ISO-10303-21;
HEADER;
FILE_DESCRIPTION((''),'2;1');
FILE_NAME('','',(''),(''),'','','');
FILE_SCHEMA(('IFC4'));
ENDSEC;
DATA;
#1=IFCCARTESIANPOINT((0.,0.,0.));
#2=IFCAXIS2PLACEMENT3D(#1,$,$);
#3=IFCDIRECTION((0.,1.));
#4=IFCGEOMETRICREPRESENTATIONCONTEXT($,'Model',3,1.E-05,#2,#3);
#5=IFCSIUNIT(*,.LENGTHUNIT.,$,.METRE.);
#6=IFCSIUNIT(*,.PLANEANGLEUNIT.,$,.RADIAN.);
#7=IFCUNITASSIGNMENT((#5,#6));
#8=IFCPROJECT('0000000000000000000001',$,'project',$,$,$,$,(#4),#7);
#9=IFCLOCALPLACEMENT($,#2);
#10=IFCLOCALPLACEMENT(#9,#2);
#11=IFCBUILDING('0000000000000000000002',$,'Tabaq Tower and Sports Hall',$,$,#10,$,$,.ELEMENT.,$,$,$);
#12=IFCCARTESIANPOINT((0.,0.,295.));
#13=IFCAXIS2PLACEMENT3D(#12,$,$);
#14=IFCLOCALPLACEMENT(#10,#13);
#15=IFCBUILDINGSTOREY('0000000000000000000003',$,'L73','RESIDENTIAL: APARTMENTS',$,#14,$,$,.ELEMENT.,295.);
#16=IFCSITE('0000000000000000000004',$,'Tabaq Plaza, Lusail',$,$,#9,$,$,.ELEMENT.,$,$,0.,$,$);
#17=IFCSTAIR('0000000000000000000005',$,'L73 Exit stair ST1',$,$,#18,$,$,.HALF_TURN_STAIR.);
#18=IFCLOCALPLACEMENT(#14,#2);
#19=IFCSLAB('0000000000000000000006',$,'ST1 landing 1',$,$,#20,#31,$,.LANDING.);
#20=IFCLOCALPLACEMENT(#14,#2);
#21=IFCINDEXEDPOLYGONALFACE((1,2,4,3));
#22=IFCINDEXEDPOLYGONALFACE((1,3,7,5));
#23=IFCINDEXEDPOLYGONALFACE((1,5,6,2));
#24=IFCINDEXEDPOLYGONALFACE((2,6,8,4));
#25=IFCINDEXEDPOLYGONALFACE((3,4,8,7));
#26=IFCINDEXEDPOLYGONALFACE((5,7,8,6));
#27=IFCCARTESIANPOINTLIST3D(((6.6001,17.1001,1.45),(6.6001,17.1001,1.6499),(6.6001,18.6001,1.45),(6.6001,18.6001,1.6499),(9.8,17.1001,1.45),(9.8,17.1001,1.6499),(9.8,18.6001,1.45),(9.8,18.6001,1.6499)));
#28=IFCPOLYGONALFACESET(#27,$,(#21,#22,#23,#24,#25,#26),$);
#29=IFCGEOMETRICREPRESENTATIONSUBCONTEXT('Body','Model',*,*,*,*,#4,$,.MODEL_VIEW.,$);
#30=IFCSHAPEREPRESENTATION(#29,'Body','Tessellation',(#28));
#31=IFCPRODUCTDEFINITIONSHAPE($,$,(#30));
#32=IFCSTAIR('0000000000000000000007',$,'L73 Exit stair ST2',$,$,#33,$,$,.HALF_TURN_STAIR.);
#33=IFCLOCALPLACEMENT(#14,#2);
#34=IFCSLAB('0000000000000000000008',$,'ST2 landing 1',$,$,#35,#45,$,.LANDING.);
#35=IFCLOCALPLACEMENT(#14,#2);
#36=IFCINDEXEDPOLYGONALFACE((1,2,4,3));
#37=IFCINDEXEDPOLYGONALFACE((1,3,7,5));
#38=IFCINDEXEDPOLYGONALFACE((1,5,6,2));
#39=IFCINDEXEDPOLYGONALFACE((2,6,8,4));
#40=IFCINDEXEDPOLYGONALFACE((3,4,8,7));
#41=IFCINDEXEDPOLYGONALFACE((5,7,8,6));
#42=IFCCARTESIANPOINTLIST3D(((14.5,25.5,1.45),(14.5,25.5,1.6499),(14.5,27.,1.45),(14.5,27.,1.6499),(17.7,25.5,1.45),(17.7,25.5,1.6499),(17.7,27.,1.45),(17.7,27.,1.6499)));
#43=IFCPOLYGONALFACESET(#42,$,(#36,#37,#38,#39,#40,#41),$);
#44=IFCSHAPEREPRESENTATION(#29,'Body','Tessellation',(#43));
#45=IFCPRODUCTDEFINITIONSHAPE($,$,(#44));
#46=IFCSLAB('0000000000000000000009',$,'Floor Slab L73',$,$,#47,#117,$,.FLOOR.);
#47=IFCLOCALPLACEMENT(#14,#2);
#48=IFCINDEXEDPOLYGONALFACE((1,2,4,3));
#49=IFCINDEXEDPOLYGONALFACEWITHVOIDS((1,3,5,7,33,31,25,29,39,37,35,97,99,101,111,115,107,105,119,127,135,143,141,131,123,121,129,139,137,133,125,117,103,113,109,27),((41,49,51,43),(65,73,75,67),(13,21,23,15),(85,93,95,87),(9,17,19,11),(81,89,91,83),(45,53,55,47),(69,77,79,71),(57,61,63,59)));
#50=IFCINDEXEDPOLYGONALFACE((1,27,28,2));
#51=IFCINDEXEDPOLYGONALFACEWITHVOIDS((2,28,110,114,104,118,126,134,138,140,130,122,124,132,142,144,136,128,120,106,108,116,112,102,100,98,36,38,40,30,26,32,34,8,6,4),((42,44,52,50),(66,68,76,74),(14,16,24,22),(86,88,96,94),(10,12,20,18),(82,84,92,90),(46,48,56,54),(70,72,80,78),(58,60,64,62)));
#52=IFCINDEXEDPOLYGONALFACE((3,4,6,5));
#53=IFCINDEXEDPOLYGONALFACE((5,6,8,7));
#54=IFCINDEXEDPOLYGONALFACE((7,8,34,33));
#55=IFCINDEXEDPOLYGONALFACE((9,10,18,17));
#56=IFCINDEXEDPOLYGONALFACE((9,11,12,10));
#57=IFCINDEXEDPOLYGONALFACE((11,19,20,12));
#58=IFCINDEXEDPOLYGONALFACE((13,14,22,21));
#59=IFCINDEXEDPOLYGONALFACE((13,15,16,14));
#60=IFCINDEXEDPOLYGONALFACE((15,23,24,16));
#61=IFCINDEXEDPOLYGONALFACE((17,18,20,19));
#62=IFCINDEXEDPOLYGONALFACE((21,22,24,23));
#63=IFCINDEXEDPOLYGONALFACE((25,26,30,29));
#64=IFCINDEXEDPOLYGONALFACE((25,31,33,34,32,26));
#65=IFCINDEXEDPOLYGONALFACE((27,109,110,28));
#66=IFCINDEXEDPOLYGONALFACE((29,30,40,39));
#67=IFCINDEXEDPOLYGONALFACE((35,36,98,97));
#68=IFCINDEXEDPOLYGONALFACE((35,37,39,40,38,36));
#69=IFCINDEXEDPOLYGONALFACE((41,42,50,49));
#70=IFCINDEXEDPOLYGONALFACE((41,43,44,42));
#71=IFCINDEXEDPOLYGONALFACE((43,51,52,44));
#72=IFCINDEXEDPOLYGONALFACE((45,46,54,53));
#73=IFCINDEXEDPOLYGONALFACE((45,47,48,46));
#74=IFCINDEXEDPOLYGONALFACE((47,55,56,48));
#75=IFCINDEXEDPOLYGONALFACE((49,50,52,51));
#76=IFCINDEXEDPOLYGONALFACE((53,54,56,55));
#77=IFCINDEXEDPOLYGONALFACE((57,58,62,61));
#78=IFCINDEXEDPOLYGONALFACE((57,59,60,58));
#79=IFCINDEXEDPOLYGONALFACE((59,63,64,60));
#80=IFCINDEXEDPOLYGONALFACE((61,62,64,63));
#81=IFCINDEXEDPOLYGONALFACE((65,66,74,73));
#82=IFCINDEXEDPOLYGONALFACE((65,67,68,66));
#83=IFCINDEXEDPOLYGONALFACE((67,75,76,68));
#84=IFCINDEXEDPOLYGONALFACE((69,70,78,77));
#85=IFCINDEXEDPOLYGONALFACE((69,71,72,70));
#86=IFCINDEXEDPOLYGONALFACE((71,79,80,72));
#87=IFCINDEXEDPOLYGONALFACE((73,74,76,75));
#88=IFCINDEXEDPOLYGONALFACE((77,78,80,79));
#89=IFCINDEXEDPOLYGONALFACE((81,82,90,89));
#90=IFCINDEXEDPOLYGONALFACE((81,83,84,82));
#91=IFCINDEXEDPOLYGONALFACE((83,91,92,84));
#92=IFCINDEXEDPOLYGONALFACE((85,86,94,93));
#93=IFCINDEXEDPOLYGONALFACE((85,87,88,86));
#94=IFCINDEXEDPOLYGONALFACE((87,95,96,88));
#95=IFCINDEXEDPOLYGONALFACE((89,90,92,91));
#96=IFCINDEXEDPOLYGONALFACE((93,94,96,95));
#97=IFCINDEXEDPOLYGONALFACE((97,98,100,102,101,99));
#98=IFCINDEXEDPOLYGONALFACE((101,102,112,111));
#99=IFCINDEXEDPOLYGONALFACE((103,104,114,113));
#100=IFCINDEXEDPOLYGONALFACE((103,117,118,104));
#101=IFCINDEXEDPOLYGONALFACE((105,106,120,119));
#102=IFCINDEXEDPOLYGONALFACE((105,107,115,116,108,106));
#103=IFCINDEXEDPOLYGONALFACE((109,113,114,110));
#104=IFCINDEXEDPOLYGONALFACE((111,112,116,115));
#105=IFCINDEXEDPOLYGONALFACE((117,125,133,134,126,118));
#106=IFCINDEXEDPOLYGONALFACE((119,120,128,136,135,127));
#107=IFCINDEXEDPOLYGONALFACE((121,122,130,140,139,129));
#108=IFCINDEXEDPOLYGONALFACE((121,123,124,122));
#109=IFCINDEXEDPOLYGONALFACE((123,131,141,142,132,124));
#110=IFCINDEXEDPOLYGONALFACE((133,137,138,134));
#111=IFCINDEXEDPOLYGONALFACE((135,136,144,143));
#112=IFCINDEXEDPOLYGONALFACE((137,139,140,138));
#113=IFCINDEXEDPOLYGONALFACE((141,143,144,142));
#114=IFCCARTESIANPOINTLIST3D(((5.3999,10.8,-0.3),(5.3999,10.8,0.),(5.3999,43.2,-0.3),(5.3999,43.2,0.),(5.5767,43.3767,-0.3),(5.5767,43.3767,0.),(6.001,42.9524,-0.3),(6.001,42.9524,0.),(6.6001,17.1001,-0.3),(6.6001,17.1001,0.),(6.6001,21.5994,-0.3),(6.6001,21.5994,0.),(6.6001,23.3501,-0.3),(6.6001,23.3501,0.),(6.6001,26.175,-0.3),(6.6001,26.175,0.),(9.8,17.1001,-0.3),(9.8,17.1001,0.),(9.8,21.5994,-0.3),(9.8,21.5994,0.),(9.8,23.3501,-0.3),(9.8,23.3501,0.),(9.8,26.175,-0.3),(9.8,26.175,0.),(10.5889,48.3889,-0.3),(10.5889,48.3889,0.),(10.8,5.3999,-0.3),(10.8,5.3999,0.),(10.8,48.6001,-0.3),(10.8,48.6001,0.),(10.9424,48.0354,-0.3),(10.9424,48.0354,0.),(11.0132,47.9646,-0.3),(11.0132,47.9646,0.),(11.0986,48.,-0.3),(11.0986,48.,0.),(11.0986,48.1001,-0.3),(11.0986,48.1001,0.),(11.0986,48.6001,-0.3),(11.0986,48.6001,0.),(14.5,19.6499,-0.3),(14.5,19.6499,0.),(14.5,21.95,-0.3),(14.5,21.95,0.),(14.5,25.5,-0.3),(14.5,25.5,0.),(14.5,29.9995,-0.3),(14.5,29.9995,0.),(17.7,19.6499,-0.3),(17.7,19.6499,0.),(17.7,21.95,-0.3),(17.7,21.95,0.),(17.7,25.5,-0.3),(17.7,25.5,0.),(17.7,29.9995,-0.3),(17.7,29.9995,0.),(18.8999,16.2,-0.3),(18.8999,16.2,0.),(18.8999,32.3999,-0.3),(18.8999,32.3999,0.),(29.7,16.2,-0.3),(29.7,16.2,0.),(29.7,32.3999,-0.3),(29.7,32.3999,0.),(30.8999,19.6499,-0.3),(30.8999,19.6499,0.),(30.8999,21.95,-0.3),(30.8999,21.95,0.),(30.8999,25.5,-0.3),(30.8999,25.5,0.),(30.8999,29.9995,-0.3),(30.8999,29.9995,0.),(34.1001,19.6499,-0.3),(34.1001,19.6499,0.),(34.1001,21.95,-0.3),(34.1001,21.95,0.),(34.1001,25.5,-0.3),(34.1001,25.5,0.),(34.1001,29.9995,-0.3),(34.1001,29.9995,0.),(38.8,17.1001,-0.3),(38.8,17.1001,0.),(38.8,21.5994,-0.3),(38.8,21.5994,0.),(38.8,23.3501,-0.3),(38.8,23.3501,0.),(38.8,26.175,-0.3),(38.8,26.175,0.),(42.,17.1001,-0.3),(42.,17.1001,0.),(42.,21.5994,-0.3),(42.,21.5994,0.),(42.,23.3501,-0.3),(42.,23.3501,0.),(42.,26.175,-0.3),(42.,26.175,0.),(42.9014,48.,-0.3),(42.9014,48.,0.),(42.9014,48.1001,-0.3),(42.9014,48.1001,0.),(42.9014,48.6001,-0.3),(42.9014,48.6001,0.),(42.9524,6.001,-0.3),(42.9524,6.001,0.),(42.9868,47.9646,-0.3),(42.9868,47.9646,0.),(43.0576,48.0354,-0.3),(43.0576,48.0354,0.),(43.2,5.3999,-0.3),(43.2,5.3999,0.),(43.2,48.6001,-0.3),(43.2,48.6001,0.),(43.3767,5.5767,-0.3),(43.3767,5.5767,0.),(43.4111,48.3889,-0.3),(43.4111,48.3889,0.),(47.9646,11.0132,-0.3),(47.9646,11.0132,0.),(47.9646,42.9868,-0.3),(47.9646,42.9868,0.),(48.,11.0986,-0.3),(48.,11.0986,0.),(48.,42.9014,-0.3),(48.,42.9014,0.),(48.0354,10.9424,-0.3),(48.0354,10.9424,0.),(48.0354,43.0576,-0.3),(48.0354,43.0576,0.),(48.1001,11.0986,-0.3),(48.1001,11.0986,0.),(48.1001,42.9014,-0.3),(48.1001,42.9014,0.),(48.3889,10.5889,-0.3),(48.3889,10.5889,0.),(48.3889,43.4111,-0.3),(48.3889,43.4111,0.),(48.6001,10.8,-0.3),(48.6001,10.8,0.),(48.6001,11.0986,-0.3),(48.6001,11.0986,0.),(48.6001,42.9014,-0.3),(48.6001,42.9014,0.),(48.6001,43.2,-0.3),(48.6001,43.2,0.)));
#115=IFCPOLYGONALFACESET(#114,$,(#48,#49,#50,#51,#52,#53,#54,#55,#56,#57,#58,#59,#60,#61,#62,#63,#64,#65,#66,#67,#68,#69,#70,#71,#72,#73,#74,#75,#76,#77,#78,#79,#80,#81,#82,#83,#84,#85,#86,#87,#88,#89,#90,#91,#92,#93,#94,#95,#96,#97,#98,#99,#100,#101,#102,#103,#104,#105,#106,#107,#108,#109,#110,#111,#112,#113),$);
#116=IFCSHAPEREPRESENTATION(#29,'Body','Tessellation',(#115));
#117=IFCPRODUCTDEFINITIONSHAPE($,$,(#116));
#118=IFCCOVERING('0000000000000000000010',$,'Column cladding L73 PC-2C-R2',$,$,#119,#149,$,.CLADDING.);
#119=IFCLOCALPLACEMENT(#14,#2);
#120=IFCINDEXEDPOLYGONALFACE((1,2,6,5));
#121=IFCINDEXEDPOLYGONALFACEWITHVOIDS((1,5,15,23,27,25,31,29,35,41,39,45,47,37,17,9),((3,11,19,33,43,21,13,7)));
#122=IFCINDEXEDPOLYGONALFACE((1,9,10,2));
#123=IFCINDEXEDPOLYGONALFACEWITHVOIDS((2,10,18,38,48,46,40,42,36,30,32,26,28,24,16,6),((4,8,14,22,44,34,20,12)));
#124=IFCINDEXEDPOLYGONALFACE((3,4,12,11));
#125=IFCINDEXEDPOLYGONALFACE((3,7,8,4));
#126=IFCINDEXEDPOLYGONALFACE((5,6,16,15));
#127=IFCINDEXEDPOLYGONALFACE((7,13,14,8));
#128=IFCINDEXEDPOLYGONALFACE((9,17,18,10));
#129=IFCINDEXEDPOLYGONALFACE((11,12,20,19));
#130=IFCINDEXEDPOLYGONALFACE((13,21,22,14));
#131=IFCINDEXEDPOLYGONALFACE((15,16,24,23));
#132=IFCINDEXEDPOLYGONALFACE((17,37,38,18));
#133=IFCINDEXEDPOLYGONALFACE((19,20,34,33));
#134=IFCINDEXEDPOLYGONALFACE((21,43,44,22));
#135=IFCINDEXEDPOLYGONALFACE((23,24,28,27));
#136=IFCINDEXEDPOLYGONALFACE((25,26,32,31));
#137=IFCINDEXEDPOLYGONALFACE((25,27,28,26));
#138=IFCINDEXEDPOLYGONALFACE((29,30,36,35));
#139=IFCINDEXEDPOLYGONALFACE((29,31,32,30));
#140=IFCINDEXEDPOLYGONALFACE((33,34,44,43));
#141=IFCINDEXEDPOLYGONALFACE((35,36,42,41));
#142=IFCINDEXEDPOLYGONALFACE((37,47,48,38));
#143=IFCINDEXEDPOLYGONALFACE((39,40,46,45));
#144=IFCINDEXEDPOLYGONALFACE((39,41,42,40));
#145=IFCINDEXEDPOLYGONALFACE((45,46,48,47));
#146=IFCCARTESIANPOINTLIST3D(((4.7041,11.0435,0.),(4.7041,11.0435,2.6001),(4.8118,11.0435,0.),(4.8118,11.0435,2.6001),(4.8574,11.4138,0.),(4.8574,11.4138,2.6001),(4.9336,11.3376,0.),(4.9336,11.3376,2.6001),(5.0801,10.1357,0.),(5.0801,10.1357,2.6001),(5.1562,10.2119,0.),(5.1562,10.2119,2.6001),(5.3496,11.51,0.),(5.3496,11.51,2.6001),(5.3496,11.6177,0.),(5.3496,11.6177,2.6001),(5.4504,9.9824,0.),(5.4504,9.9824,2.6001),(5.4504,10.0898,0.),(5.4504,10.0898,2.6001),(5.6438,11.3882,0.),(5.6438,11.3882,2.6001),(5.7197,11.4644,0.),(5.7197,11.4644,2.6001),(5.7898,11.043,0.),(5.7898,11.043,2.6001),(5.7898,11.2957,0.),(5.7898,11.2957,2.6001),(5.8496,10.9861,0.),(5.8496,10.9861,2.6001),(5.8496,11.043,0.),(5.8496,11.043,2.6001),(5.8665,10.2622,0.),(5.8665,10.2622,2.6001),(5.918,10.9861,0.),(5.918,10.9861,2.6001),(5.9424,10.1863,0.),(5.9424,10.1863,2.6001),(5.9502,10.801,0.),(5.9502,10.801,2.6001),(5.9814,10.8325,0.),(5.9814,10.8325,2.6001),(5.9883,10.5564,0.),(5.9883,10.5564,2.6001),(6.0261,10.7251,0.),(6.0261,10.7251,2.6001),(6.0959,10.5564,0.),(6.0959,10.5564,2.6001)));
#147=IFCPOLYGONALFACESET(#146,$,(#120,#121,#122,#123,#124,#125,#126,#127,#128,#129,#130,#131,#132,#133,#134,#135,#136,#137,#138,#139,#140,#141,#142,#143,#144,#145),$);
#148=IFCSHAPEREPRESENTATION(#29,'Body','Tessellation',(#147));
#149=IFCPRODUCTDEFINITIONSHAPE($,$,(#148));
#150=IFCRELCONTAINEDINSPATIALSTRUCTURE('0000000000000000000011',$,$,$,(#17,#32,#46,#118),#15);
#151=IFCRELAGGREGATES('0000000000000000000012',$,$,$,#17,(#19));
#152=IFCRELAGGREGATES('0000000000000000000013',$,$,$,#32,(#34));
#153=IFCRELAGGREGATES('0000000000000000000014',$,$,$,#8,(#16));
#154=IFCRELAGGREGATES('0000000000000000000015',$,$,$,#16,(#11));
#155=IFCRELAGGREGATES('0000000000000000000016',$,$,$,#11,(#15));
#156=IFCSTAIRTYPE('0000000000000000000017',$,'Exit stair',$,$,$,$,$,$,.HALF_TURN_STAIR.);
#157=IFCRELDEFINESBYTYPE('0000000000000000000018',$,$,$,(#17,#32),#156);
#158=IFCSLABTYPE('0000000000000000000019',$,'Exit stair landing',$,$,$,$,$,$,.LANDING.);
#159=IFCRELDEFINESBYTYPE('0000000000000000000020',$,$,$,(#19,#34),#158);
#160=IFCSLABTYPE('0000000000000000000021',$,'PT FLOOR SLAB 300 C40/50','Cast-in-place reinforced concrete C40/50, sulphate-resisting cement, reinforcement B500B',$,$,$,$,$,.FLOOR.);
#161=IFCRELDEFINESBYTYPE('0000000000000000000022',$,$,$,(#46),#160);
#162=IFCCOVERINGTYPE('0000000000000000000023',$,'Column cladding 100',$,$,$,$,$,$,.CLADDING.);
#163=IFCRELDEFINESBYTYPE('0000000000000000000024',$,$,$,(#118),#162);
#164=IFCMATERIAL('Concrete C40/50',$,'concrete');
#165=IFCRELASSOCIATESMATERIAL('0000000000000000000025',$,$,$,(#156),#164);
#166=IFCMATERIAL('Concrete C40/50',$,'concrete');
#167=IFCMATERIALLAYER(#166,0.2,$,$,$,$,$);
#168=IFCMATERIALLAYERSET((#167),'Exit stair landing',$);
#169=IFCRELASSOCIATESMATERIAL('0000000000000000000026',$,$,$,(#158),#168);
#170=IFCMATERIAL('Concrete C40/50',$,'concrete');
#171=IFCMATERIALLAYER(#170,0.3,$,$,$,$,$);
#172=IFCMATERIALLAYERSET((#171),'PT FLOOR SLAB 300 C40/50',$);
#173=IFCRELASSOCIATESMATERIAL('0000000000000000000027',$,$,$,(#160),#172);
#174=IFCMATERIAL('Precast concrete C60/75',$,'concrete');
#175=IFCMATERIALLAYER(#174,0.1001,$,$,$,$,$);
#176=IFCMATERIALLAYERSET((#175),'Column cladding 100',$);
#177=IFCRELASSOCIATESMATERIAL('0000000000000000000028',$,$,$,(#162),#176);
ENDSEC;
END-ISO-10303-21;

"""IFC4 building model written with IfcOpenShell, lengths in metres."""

from ifc_helpers import new_model, si_unit, direction, frame, origin, place, context, subcontext, project, spatial, polyline, outline, extrude, material, layer, layer_set, type_object, element, aggregate, save


model = new_model("IFC4")

# Units and contexts
model_context = context("Model", 3, precision=1e-05, world=origin(), true_north=direction((0.0, 1.0)))
body_context = subcontext(model_context, "Body", "Model", "MODEL_VIEW")
ifc_project = project(units=[si_unit("LENGTHUNIT", "METRE"), si_unit("PLANEANGLEUNIT", "RADIAN")], contexts=[model_context])

# Site, building, storey
site_placement = place(None, origin())
site = spatial("IfcSite", under=ifc_project, at=site_placement, Name="Tabaq Plaza, Lusail", CompositionType="ELEMENT", RefElevation=0.0)
building_placement = place(site_placement, origin())
building = spatial("IfcBuilding", under=site, at=building_placement, Name="Tabaq Tower and Sports Hall", CompositionType="ELEMENT")
storey_placement = place(building_placement, frame((0.0, 0.0, 295.0)))
storey = spatial("IfcBuildingStorey", under=building, at=storey_placement, Name="L73", Description="RESIDENTIAL: APARTMENTS", CompositionType="ELEMENT", Elevation=295.0)

# Stairs, slabs
ifc_material_1 = material(Name="Concrete C40/50", Category="concrete")
stair_type = type_object("IfcStairType", Name="Exit stair", PredefinedType="HALF_TURN_STAIR", material=ifc_material_1)
stair_1_placement = place(storey_placement, origin())
stair_1 = element("IfcStair", 1, at=stair_1_placement, inside=storey, type_object=stair_type, Name="L73 Exit stair ST1", PredefinedType="HALF_TURN_STAIR")
ifc_material_2 = material(Name="Concrete C40/50", Category="concrete")
ifc_layer_1 = layer(ifc_material_2, 0.2)
ifc_layer_set_1 = layer_set([ifc_layer_1], Name="Exit stair landing")
slab_type_1 = type_object("IfcSlabType", Name="Exit stair landing", PredefinedType="LANDING", material=ifc_layer_set_1)
slab_1_placement = place(storey_placement, frame((0.0, 0.0, 1.45)))
slab_1 = element("IfcSlab", 2, at=slab_1_placement, type_object=slab_type_1, Name="ST1 landing 1", PredefinedType="LANDING", context=body_context, shape_type="SweptSolid", body=[
    extrude(outline(polyline([(6.6001, 18.6001), (6.6001, 17.1001), (9.8, 17.1001), (9.8, 18.6001), (6.6001, 18.6001)])), origin(), (0.0, 0.0, 1.0), 0.2),
])
aggregate(stair_1, [slab_1])
stair_2_placement = place(storey_placement, origin())
stair_2 = element("IfcStair", 3, at=stair_2_placement, inside=storey, type_object=stair_type, Name="L73 Exit stair ST2", PredefinedType="HALF_TURN_STAIR")
slab_2_placement = place(storey_placement, frame((0.0, 0.0, 1.45)))
slab_2 = element("IfcSlab", 4, at=slab_2_placement, type_object=slab_type_1, Name="ST2 landing 1", PredefinedType="LANDING", context=body_context, shape_type="SweptSolid", body=[
    extrude(outline(polyline([(14.5, 27.0), (14.5, 25.5), (17.7, 25.5), (17.7, 27.0), (14.5, 27.0)])), origin(), (0.0, 0.0, 1.0), 0.2),
])
aggregate(stair_2, [slab_2])

# Slab
ifc_material_3 = material(Name="Concrete C40/50", Category="concrete")
ifc_layer_2 = layer(ifc_material_3, 0.3)
ifc_layer_set_2 = layer_set([ifc_layer_2], Name="PT FLOOR SLAB 300 C40/50")
slab_type_2 = type_object("IfcSlabType", Name="PT FLOOR SLAB 300 C40/50", Description="Cast-in-place reinforced concrete C40/50, sulphate-resisting cement, reinforcement B500B", PredefinedType="FLOOR", material=ifc_layer_set_2)
slab_3_placement = place(storey_placement, frame((0.0, 0.0, -0.3)))
element("IfcSlab", 5, at=slab_3_placement, inside=storey, type_object=slab_type_2, Name="Floor Slab L73", PredefinedType="FLOOR", context=body_context, shape_type="SweptSolid", body=[
    extrude(outline(polyline([(5.3999, 43.2), (5.3999, 10.8), (10.8, 5.3999), (43.2, 5.3999), (43.3767, 5.5767), (42.9524, 6.001), (47.9646, 11.0132), (48.0354, 10.9424), (48.3889, 10.5889), (48.6001, 10.8), (48.6001, 11.0986), (48.1001, 11.0986), (48.0, 11.0986), (48.0, 42.9014), (48.1001, 42.9014), (48.6001, 42.9014), (48.6001, 43.2), (48.3889, 43.4111), (48.0354, 43.0576), (47.9646, 42.9868), (42.9868, 47.9646), (43.0576, 48.0354), (43.4111, 48.3889), (43.2, 48.6001), (42.9014, 48.6001), (42.9014, 48.1001), (42.9014, 48.0), (11.0986, 48.0), (11.0986, 48.1001), (11.0986, 48.6001), (10.8, 48.6001), (10.5889, 48.3889), (10.9424, 48.0354), (11.0132, 47.9646), (6.001, 42.9524), (5.5767, 43.3767), (5.3999, 43.2)]), holes=[polyline([(6.6001, 21.5994), (9.8, 21.5994), (9.8, 17.1001), (6.6001, 17.1001), (6.6001, 21.5994)]), polyline([(38.8, 21.5994), (42.0, 21.5994), (42.0, 17.1001), (38.8, 17.1001), (38.8, 21.5994)]), polyline([(14.5, 21.95), (17.7, 21.95), (17.7, 19.6499), (14.5, 19.6499), (14.5, 21.95)]), polyline([(30.8999, 21.95), (34.1001, 21.95), (34.1001, 19.6499), (30.8999, 19.6499), (30.8999, 21.95)]), polyline([(18.8999, 16.2), (18.8999, 32.3999), (29.7, 32.3999), (29.7, 16.2), (18.8999, 16.2)]), polyline([(6.6001, 26.175), (9.8, 26.175), (9.8, 23.3501), (6.6001, 23.3501), (6.6001, 26.175)]), polyline([(38.8, 26.175), (42.0, 26.175), (42.0, 23.3501), (38.8, 23.3501), (38.8, 26.175)]), polyline([(17.7, 29.9995), (17.7, 25.5), (14.5, 25.5), (14.5, 29.9995), (17.7, 29.9995)]), polyline([(34.1001, 29.9995), (34.1001, 25.5), (30.8999, 25.5), (30.8999, 29.9995), (34.1001, 29.9995)])]), origin(), (0.0, 0.0, 1.0), 0.3),
])

# Covering
ifc_material_4 = material(Name="Precast concrete C60/75", Category="concrete")
ifc_layer_3 = layer(ifc_material_4, 0.1001)
ifc_layer_set_3 = layer_set([ifc_layer_3], Name="Column cladding 100")
covering_type = type_object("IfcCoveringType", Name="Column cladding 100", PredefinedType="CLADDING", material=ifc_layer_set_3)
covering_1_placement = place(storey_placement, origin())
element("IfcCovering", 6, at=covering_1_placement, inside=storey, type_object=covering_type, Name="Column cladding L73 PC-2C-R2", PredefinedType="CLADDING", context=body_context, shape_type="SweptSolid", body=[
    extrude(outline(polyline([(5.4504, 9.9824), (5.0801, 10.1357), (4.7041, 11.0435), (4.8574, 11.4138), (5.3496, 11.6177), (5.7197, 11.4644), (5.7898, 11.2957), (5.7898, 11.043), (5.8496, 11.043), (5.8496, 10.9861), (5.918, 10.9861), (5.9814, 10.8325), (5.9502, 10.801), (6.0261, 10.7251), (6.0959, 10.5564), (5.9424, 10.1863), (5.4504, 9.9824)]), holes=[polyline([(5.3496, 11.51), (4.9336, 11.3376), (4.8118, 11.0435), (5.1562, 10.2119), (5.4504, 10.0898), (5.8665, 10.2622), (5.9883, 10.5564), (5.6438, 11.3882), (5.3496, 11.51)])]), origin(), (0.0, 0.0, 1.0), 2.6001),
])

save(model, "model.ifc")
